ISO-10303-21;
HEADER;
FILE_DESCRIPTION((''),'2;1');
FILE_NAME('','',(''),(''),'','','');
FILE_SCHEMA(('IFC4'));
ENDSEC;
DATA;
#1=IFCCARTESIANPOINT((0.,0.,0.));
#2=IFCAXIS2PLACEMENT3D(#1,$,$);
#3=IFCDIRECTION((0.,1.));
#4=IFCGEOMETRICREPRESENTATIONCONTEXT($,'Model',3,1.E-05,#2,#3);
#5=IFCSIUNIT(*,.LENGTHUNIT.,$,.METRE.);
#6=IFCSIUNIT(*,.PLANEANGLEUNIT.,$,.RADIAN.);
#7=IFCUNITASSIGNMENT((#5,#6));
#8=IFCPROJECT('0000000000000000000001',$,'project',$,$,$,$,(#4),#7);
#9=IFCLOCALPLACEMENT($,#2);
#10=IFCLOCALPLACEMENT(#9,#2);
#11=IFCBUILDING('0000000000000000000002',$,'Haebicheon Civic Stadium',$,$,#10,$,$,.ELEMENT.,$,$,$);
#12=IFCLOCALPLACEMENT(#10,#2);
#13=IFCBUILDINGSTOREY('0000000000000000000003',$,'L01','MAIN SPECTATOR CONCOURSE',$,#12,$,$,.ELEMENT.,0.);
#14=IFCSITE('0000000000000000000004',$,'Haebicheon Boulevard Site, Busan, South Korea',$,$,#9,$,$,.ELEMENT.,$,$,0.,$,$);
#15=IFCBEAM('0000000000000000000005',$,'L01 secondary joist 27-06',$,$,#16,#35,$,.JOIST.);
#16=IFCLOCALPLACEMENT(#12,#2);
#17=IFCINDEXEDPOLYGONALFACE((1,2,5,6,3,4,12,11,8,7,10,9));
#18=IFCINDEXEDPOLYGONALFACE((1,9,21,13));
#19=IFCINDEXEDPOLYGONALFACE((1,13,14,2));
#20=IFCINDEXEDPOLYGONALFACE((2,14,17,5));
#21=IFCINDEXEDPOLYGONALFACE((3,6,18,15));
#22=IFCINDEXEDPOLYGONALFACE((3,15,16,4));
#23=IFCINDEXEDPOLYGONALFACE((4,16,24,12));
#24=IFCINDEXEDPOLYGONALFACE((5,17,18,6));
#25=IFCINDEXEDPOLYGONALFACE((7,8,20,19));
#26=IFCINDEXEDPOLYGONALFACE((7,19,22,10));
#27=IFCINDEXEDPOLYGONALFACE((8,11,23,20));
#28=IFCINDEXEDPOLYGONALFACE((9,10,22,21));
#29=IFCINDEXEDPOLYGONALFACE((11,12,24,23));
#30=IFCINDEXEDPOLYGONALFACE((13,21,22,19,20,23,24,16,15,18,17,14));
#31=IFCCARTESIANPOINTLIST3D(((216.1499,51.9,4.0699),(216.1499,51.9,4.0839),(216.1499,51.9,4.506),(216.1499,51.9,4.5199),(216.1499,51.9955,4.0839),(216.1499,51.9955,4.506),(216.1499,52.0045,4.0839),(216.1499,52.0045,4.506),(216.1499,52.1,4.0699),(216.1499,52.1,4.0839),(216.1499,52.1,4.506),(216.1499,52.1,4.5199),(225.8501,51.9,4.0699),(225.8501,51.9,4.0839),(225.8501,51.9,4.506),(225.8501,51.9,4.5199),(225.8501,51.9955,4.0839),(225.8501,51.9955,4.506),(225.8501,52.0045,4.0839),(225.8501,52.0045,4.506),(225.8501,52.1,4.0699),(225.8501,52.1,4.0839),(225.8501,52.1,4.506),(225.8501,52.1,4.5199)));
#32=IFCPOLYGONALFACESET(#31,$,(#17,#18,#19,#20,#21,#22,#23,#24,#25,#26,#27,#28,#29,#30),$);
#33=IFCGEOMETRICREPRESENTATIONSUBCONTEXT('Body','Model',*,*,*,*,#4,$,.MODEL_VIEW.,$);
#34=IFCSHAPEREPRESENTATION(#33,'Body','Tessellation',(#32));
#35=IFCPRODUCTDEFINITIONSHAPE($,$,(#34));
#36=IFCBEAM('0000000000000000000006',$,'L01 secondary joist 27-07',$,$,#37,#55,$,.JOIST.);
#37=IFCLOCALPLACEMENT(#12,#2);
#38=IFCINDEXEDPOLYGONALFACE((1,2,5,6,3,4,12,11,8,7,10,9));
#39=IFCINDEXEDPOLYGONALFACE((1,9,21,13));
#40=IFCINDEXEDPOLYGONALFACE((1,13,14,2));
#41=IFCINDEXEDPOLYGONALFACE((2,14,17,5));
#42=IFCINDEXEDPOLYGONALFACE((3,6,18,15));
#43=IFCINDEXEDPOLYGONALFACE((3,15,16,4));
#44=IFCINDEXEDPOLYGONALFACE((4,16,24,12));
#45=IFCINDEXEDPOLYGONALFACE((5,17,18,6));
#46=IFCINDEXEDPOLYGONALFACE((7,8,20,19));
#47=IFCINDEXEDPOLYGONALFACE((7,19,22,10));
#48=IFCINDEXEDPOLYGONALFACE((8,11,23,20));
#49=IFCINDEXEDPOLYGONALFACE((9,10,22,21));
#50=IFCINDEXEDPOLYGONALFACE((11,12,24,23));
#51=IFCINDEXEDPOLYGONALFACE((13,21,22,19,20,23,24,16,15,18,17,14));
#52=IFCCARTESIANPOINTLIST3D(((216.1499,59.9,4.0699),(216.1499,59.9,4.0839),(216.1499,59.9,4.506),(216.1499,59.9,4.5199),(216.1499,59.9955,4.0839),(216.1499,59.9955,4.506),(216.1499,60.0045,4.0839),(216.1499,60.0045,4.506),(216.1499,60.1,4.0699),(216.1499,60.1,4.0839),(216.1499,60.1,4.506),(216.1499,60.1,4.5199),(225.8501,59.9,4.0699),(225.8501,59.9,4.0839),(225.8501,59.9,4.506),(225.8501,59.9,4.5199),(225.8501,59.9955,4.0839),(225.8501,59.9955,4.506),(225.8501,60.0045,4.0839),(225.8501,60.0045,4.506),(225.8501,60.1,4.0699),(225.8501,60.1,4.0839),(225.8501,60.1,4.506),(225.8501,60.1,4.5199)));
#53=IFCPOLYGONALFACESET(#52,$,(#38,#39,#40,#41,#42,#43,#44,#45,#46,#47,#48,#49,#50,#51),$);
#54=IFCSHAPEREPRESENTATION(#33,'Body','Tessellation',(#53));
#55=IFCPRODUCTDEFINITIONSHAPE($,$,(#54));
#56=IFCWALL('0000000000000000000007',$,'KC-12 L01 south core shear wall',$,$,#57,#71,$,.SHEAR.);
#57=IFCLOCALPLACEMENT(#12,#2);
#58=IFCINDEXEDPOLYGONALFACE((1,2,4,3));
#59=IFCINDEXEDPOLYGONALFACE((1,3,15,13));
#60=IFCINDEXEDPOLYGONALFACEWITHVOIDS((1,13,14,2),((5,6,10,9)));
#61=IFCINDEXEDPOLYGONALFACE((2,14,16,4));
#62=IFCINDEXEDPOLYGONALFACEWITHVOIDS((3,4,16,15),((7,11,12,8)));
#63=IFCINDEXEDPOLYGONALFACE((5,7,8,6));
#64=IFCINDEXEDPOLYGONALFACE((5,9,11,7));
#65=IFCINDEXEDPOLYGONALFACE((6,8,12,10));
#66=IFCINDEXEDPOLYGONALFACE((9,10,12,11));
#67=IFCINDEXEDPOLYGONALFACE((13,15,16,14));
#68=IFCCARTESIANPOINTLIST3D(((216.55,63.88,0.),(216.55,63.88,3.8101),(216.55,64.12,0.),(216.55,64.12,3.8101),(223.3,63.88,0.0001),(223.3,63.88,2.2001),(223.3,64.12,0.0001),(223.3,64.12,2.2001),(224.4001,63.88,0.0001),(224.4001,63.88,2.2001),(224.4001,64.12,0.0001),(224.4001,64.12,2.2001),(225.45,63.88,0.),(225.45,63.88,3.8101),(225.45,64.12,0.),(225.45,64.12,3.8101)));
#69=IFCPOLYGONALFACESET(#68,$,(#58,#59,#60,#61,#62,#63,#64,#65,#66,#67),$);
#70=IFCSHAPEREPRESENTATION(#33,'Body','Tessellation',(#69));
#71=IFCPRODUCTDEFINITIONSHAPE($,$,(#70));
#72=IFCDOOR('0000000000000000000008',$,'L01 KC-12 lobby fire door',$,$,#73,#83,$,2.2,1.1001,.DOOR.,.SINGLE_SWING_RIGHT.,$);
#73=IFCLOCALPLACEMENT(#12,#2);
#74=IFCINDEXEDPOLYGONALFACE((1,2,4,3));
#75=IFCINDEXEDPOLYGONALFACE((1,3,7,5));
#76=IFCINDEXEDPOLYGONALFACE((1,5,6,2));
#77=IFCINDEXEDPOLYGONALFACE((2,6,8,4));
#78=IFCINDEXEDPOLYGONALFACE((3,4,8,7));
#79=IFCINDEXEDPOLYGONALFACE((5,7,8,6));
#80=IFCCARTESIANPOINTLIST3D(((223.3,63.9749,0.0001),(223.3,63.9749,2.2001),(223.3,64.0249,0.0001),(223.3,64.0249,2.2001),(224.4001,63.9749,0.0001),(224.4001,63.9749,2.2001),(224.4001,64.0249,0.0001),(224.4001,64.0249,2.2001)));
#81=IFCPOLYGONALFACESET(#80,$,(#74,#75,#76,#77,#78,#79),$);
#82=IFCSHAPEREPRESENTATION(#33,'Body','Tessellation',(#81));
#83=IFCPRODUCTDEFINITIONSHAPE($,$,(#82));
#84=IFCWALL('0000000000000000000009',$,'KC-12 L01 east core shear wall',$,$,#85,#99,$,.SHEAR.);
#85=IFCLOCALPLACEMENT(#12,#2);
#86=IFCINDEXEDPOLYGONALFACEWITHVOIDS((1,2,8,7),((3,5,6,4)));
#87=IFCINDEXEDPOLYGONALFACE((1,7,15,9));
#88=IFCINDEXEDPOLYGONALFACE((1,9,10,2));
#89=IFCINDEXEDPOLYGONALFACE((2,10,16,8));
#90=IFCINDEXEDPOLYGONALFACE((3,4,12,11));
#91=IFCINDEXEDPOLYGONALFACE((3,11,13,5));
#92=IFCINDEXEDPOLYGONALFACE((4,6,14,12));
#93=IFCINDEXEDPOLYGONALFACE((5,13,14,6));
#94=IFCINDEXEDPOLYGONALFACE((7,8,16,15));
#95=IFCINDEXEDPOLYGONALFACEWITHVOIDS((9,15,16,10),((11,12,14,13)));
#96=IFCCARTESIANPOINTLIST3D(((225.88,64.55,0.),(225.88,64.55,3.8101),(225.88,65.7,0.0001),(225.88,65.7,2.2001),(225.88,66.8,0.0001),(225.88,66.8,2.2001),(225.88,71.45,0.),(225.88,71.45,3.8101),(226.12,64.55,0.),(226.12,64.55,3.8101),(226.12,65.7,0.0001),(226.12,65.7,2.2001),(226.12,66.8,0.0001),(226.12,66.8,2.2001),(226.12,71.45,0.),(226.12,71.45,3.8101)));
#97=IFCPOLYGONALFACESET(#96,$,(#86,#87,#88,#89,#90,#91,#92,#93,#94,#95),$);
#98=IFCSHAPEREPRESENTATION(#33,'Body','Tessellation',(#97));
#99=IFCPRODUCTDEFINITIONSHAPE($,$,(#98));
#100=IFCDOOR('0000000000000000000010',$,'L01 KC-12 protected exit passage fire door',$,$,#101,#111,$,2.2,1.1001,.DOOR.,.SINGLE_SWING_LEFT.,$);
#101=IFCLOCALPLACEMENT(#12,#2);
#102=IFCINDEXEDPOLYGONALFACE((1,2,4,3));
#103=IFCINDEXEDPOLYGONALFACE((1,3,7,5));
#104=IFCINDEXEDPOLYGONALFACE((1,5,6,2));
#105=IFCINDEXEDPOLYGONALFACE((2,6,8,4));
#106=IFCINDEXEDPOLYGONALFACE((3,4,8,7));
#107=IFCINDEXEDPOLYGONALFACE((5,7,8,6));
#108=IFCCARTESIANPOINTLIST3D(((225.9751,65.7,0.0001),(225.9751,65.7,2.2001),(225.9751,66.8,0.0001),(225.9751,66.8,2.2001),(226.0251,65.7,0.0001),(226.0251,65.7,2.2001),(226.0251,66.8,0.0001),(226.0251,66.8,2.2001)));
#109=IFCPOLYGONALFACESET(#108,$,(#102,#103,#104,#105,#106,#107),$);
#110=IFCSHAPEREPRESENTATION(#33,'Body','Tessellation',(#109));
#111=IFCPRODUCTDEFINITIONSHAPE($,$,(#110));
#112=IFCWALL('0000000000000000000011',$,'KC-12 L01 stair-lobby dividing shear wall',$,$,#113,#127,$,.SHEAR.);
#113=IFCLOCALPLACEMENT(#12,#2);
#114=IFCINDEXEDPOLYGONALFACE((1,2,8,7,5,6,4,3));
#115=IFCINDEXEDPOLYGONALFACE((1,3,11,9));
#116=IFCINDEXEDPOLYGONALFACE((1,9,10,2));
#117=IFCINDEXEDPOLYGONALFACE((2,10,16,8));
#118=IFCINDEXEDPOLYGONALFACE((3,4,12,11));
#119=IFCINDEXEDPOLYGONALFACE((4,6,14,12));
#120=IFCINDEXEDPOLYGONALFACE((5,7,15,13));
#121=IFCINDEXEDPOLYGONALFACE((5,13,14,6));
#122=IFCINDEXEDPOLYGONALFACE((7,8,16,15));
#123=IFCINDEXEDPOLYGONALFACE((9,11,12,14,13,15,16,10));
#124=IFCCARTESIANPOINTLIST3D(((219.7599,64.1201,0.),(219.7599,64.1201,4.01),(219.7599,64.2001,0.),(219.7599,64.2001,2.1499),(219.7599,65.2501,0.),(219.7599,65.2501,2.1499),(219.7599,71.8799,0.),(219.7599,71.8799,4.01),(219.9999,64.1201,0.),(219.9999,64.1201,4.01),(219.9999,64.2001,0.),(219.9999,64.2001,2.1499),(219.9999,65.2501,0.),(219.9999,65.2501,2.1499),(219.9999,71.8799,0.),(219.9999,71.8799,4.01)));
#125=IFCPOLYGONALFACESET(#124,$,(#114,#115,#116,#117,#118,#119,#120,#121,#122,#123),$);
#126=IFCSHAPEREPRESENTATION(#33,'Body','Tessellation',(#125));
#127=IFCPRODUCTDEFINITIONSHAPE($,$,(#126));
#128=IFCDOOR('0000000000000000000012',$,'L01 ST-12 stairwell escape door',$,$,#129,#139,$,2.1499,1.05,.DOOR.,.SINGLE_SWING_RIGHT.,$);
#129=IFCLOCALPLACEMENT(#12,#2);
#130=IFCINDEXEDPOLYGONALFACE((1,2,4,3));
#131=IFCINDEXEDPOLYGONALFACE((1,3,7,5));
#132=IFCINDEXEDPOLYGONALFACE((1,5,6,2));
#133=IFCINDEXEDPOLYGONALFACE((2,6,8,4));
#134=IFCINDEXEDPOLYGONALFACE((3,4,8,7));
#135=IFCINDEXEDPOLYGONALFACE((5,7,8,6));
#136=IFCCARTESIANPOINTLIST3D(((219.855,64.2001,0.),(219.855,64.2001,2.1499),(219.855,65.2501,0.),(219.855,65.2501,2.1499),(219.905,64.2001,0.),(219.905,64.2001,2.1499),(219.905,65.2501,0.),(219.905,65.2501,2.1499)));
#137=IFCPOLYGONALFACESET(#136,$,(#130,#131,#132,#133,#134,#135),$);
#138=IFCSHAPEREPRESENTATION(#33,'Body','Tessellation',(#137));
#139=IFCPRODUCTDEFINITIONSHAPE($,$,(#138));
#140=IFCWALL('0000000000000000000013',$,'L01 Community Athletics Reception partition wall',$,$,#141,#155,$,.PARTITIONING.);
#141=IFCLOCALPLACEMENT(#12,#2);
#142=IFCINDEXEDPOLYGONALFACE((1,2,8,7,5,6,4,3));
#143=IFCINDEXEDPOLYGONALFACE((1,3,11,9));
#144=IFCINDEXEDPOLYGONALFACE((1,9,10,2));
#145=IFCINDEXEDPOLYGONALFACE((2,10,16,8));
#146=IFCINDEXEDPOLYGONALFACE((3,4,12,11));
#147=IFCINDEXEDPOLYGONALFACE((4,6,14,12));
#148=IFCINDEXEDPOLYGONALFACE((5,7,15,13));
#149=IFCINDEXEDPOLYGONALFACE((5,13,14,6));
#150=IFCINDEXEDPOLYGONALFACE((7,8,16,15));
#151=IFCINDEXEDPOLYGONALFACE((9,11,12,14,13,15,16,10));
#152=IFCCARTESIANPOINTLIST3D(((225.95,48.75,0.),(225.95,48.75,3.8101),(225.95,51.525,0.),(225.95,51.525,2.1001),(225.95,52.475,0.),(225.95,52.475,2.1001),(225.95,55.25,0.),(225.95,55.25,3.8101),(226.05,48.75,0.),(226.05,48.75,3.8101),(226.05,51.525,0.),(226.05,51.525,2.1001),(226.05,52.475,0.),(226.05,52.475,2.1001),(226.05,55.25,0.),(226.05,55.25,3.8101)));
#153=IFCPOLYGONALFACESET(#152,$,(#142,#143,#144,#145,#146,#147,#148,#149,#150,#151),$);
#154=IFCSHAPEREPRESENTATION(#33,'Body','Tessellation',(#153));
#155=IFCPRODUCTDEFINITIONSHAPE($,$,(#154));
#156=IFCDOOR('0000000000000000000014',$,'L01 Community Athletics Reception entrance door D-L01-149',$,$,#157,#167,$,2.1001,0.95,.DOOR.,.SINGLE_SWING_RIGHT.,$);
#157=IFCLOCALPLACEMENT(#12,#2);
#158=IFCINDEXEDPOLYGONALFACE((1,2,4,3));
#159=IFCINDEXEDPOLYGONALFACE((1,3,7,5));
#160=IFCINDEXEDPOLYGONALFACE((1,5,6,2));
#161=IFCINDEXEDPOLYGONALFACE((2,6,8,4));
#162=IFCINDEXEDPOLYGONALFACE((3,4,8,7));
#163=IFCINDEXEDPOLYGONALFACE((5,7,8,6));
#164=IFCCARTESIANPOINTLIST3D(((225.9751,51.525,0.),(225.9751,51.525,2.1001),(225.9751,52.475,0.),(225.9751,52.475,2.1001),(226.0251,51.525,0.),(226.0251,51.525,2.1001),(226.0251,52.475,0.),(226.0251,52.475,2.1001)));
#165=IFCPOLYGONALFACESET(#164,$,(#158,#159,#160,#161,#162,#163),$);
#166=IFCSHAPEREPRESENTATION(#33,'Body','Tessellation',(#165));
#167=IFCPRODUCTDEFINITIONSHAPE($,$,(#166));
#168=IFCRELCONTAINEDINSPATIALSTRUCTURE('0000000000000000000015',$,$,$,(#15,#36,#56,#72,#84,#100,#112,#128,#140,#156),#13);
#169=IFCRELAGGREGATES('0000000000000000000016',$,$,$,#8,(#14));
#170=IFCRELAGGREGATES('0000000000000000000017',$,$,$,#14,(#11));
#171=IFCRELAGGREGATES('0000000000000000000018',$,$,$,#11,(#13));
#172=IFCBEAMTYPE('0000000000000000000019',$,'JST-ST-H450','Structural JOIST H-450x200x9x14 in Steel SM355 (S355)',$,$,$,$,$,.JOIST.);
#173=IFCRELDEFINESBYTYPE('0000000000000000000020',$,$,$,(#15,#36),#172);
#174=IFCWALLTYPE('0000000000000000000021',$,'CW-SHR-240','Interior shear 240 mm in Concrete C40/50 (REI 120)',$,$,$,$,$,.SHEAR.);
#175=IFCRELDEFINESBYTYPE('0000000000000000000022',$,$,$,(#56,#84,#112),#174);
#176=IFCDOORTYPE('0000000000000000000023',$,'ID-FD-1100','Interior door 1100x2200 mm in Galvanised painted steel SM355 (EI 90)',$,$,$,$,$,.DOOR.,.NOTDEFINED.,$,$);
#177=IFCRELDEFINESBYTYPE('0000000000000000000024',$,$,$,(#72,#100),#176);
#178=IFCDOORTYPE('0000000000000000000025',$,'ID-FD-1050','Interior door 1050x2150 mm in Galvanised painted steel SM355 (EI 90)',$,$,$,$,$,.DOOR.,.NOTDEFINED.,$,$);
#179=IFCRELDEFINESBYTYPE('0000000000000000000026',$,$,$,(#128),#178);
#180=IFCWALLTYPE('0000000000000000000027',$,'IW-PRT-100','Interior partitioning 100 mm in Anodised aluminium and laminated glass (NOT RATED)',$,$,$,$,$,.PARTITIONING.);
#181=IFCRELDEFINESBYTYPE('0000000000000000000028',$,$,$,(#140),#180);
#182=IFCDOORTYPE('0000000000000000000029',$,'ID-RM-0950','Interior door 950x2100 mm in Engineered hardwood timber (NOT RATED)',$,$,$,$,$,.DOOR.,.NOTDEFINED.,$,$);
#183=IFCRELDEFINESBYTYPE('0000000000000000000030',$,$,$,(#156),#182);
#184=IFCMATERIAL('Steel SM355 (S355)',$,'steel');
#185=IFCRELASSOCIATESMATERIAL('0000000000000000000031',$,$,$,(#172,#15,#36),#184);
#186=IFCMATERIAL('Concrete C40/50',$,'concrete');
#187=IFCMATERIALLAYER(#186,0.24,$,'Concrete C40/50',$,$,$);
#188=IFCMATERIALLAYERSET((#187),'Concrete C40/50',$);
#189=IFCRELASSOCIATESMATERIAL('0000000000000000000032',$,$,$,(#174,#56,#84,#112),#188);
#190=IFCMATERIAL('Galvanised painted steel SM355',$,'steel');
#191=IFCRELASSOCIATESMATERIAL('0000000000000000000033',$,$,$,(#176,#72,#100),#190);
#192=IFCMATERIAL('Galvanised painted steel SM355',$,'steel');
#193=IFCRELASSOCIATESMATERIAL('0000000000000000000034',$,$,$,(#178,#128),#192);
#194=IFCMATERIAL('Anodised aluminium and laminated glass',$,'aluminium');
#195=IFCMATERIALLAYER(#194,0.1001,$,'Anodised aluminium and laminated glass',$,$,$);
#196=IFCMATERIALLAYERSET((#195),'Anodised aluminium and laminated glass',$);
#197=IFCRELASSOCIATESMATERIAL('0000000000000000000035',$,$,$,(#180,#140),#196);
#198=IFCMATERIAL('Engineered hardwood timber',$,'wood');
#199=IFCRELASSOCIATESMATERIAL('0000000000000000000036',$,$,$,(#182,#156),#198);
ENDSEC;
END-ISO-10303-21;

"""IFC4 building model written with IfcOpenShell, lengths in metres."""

from ifc_helpers import new_model, si_unit, direction, frame, frame_2d, origin, origin_2d, place, context, subcontext, project, spatial, rectangle, i_section, extrude, material, layer, layer_set, material_profile, profile_set, type_object, element, fill, save


model = new_model("IFC4")

# Units and contexts
model_context = context("Model", 3, precision=1e-05, world=origin(), true_north=direction((0.0, 1.0)))
body_context = subcontext(model_context, "Body", "Model", "MODEL_VIEW")
ifc_project = project(units=[si_unit("LENGTHUNIT", "METRE"), si_unit("PLANEANGLEUNIT", "RADIAN")], contexts=[model_context])

# Site, building, storey
site_placement = place(None, origin())
site = spatial("IfcSite", under=ifc_project, at=site_placement, Name="Haebicheon Boulevard Site, Busan, South Korea", CompositionType="ELEMENT", RefElevation=0.0)
building_placement = place(site_placement, origin())
building = spatial("IfcBuilding", under=site, at=building_placement, Name="Haebicheon Civic Stadium", CompositionType="ELEMENT")
storey_placement = place(building_placement, origin())
storey = spatial("IfcBuildingStorey", under=building, at=storey_placement, Name="L01", Description="MAIN SPECTATOR CONCOURSE", CompositionType="ELEMENT", Elevation=0.0)

# Beams
ifc_material_1 = material(Name="Steel SM355 (S355)", Category="steel")
ifc_material_profile_1 = material_profile(ifc_material_1, i_section(OverallWidth=0.2, OverallDepth=0.45, WebThickness=0.009, FlangeThickness=0.0139, at=origin_2d()), Name="H-450x200x9x14")
ifc_profile_set_1 = profile_set([ifc_material_profile_1], Name="Steel SM355 (S355)")
beam_type_1 = type_object("IfcBeamType", Name="JST-ST-H450", Description="Structural JOIST H-450x200x9x14 in Steel SM355 (S355)", PredefinedType="JOIST", material=ifc_profile_set_1)
for number, where, z_axis, x_axis, name in (
    (1, (216.1499, 52.0, 4.2949), (1.0, 0.0, 0.0), (0.0, 1.0, 0.0), "L01 secondary joist 27-06"),
    (2, (216.1499, 60.0, 4.2949), (1.0, 0.0, 0.0), (0.0, 1.0, 0.0), "L01 secondary joist 27-07"),
):
    element("IfcBeam", number, at=place(storey_placement, frame(where, z_axis=z_axis, x_axis=x_axis)), inside=storey, type_object=beam_type_1, material=ifc_profile_set_1, Name=name, PredefinedType="JOIST", context=body_context, shape_type="SweptSolid", body=[
        extrude(i_section(OverallWidth=0.2, OverallDepth=0.45, WebThickness=0.009, FlangeThickness=0.0139, at=origin_2d()), origin(), (0.0, 0.0, 1.0), 9.7002),
    ])

# Walls, openings, doors
ifc_material_2 = material(Name="Concrete C40/50", Category="concrete")
ifc_layer_1 = layer(ifc_material_2, 0.24, Name="Concrete C40/50")
ifc_layer_set_1 = layer_set([ifc_layer_1], Name="Concrete C40/50")
wall_type_1 = type_object("IfcWallType", Name="CW-SHR-240", Description="Interior shear 240 mm in Concrete C40/50 (REI 120)", PredefinedType="SHEAR", material=ifc_layer_set_1)
wall_1_placement = place(storey_placement, frame((216.55, 64.0, 0.0), z_axis=(0.0, 0.0, 1.0), x_axis=(1.0, 0.0, 0.0)))
wall_1 = element("IfcWall", 3, at=wall_1_placement, inside=storey, type_object=wall_type_1, material=ifc_layer_set_1, Name="KC-12 L01 south core shear wall", PredefinedType="SHEAR", context=body_context, shape_type="SweptSolid", body=[
    extrude(rectangle(XDim=8.8999, YDim=0.24, at=frame_2d((4.45, 0.0))), origin(), (0.0, 0.0, 1.0), 3.8101),
])
opening_1_placement = place(wall_1_placement, frame((6.75, 0.0, 0.0)))
opening_1 = element("IfcOpeningElement", 4, at=opening_1_placement, cuts=wall_1, PredefinedType="OPENING", context=body_context, shape_type="SweptSolid", body=[
    extrude(rectangle(XDim=1.1001, YDim=2.2, at=frame_2d((0.55, 1.1001))), frame((0.0, 0.1299, 0.0), z_axis=(0.0, -1.0, 0.0), x_axis=(1.0, 0.0, 0.0)), (0.0, 0.0, 1.0), 0.26),
])
ifc_material_3 = material(Name="Galvanised painted steel SM355", Category="steel")
door_type_1 = type_object("IfcDoorType", Name="ID-FD-1100", Description="Interior door 1100x2200 mm in Galvanised painted steel SM355 (EI 90)", OperationType="NOTDEFINED", PredefinedType="DOOR", material=ifc_material_3)
door_1_placement = place(opening_1_placement, origin())
door_1 = element("IfcDoor", 5, at=door_1_placement, inside=storey, type_object=door_type_1, material=ifc_material_3, Name="L01 KC-12 lobby fire door", OperationType="SINGLE_SWING_RIGHT", OverallHeight=2.2, OverallWidth=1.1001, PredefinedType="DOOR", context=body_context, shape_type="SweptSolid", body=[
    extrude(rectangle(XDim=1.1001, YDim=2.2, at=frame_2d((0.55, 1.1001))), frame((0.0, 0.0249, 0.0), z_axis=(0.0, -1.0, 0.0), x_axis=(1.0, 0.0, 0.0)), (0.0, 0.0, 1.0), 0.05),
])
fill(opening_1, door_1)
wall_2_placement = place(storey_placement, frame((226.0, 64.55, 0.0), z_axis=(0.0, 0.0, 1.0), x_axis=(0.0, 1.0, 0.0)))
wall_2 = element("IfcWall", 6, at=wall_2_placement, inside=storey, type_object=wall_type_1, material=ifc_layer_set_1, Name="KC-12 L01 east core shear wall", PredefinedType="SHEAR", context=body_context, shape_type="SweptSolid", body=[
    extrude(rectangle(XDim=6.8999, YDim=0.24, at=frame_2d((3.45, 0.0))), origin(), (0.0, 0.0, 1.0), 3.8101),
])
opening_2_placement = place(wall_2_placement, frame((1.1499, 0.0, 0.0)))
opening_2 = element("IfcOpeningElement", 7, at=opening_2_placement, cuts=wall_2, PredefinedType="OPENING", context=body_context, shape_type="SweptSolid", body=[
    extrude(rectangle(XDim=1.1001, YDim=2.2, at=frame_2d((0.55, 1.1001))), frame((0.0, 0.1299, 0.0), z_axis=(0.0, -1.0, 0.0), x_axis=(1.0, 0.0, 0.0)), (0.0, 0.0, 1.0), 0.26),
])
door_2_placement = place(opening_2_placement, origin())
door_2 = element("IfcDoor", 8, at=door_2_placement, inside=storey, type_object=door_type_1, material=ifc_material_3, Name="L01 KC-12 protected exit passage fire door", OperationType="SINGLE_SWING_LEFT", OverallHeight=2.2, OverallWidth=1.1001, PredefinedType="DOOR", context=body_context, shape_type="SweptSolid", body=[
    extrude(rectangle(XDim=1.1001, YDim=2.2, at=frame_2d((0.55, 1.1001))), frame((0.0, 0.0249, 0.0), z_axis=(0.0, -1.0, 0.0), x_axis=(1.0, 0.0, 0.0)), (0.0, 0.0, 1.0), 0.05),
])
fill(opening_2, door_2)
wall_3_placement = place(storey_placement, frame((219.8799, 64.1201, 0.0), z_axis=(0.0, 0.0, 1.0), x_axis=(0.0, 1.0, 0.0)))
wall_3 = element("IfcWall", 9, at=wall_3_placement, inside=storey, type_object=wall_type_1, material=ifc_layer_set_1, Name="KC-12 L01 stair-lobby dividing shear wall", PredefinedType="SHEAR", context=body_context, shape_type="SweptSolid", body=[
    extrude(rectangle(XDim=7.7598, YDim=0.24, at=frame_2d((3.8799, 0.0))), origin(), (0.0, 0.0, 1.0), 4.01),
])
opening_3_placement = place(wall_3_placement, frame((0.0801, 0.0, 0.0)))
opening_3 = element("IfcOpeningElement", 10, at=opening_3_placement, cuts=wall_3, PredefinedType="OPENING", context=body_context, shape_type="SweptSolid", body=[
    extrude(rectangle(XDim=1.05, YDim=2.1499, at=frame_2d((0.5249, 1.075))), frame((0.0, 0.1299, 0.0), z_axis=(0.0, -1.0, 0.0), x_axis=(1.0, 0.0, 0.0)), (0.0, 0.0, 1.0), 0.26),
])
ifc_material_4 = material(Name="Galvanised painted steel SM355", Category="steel")
door_type_2 = type_object("IfcDoorType", Name="ID-FD-1050", Description="Interior door 1050x2150 mm in Galvanised painted steel SM355 (EI 90)", OperationType="NOTDEFINED", PredefinedType="DOOR", material=ifc_material_4)
door_3_placement = place(opening_3_placement, origin())
door_3 = element("IfcDoor", 11, at=door_3_placement, inside=storey, type_object=door_type_2, material=ifc_material_4, Name="L01 ST-12 stairwell escape door", OperationType="SINGLE_SWING_RIGHT", OverallHeight=2.1499, OverallWidth=1.05, PredefinedType="DOOR", context=body_context, shape_type="SweptSolid", body=[
    extrude(rectangle(XDim=1.05, YDim=2.1499, at=frame_2d((0.5249, 1.075))), frame((0.0, 0.0249, 0.0), z_axis=(0.0, -1.0, 0.0), x_axis=(1.0, 0.0, 0.0)), (0.0, 0.0, 1.0), 0.05),
])
fill(opening_3, door_3)
ifc_material_5 = material(Name="Anodised aluminium and laminated glass", Category="aluminium")
ifc_layer_2 = layer(ifc_material_5, 0.1001, Name="Anodised aluminium and laminated glass")
ifc_layer_set_2 = layer_set([ifc_layer_2], Name="Anodised aluminium and laminated glass")
wall_type_2 = type_object("IfcWallType", Name="IW-PRT-100", Description="Interior partitioning 100 mm in Anodised aluminium and laminated glass (NOT RATED)", PredefinedType="PARTITIONING", material=ifc_layer_set_2)
wall_4_placement = place(storey_placement, frame((226.0, 48.75, 0.0), z_axis=(0.0, 0.0, 1.0), x_axis=(0.0, 1.0, 0.0)))
wall_4 = element("IfcWall", 12, at=wall_4_placement, inside=storey, type_object=wall_type_2, material=ifc_layer_set_2, Name="L01 Community Athletics Reception partition wall", PredefinedType="PARTITIONING", context=body_context, shape_type="SweptSolid", body=[
    extrude(rectangle(XDim=6.5, YDim=0.1001, at=frame_2d((3.25, 0.0))), origin(), (0.0, 0.0, 1.0), 3.8101),
])
opening_4_placement = place(wall_4_placement, frame((2.7749, 0.0, 0.0)))
opening_4 = element("IfcOpeningElement", 13, at=opening_4_placement, cuts=wall_4, PredefinedType="OPENING", context=body_context, shape_type="SweptSolid", body=[
    extrude(rectangle(XDim=0.95, YDim=2.1001, at=frame_2d((0.4751, 1.05))), frame((0.0, 0.0601, 0.0), z_axis=(0.0, -1.0, 0.0), x_axis=(1.0, 0.0, 0.0)), (0.0, 0.0, 1.0), 0.1201),
])
ifc_material_6 = material(Name="Engineered hardwood timber", Category="wood")
door_type_3 = type_object("IfcDoorType", Name="ID-RM-0950", Description="Interior door 950x2100 mm in Engineered hardwood timber (NOT RATED)", OperationType="NOTDEFINED", PredefinedType="DOOR", material=ifc_material_6)
door_4_placement = place(opening_4_placement, origin())
door_4 = element("IfcDoor", 14, at=door_4_placement, inside=storey, type_object=door_type_3, material=ifc_material_6, Name="L01 Community Athletics Reception entrance door D-L01-149", OperationType="SINGLE_SWING_RIGHT", OverallHeight=2.1001, OverallWidth=0.95, PredefinedType="DOOR", context=body_context, shape_type="SweptSolid", body=[
    extrude(rectangle(XDim=0.95, YDim=2.1001, at=frame_2d((0.4751, 1.05))), frame((0.0, 0.0249, 0.0), z_axis=(0.0, -1.0, 0.0), x_axis=(1.0, 0.0, 0.0)), (0.0, 0.0, 1.0), 0.05),
])
fill(opening_4, door_4)

save(model, "model.ifc")
